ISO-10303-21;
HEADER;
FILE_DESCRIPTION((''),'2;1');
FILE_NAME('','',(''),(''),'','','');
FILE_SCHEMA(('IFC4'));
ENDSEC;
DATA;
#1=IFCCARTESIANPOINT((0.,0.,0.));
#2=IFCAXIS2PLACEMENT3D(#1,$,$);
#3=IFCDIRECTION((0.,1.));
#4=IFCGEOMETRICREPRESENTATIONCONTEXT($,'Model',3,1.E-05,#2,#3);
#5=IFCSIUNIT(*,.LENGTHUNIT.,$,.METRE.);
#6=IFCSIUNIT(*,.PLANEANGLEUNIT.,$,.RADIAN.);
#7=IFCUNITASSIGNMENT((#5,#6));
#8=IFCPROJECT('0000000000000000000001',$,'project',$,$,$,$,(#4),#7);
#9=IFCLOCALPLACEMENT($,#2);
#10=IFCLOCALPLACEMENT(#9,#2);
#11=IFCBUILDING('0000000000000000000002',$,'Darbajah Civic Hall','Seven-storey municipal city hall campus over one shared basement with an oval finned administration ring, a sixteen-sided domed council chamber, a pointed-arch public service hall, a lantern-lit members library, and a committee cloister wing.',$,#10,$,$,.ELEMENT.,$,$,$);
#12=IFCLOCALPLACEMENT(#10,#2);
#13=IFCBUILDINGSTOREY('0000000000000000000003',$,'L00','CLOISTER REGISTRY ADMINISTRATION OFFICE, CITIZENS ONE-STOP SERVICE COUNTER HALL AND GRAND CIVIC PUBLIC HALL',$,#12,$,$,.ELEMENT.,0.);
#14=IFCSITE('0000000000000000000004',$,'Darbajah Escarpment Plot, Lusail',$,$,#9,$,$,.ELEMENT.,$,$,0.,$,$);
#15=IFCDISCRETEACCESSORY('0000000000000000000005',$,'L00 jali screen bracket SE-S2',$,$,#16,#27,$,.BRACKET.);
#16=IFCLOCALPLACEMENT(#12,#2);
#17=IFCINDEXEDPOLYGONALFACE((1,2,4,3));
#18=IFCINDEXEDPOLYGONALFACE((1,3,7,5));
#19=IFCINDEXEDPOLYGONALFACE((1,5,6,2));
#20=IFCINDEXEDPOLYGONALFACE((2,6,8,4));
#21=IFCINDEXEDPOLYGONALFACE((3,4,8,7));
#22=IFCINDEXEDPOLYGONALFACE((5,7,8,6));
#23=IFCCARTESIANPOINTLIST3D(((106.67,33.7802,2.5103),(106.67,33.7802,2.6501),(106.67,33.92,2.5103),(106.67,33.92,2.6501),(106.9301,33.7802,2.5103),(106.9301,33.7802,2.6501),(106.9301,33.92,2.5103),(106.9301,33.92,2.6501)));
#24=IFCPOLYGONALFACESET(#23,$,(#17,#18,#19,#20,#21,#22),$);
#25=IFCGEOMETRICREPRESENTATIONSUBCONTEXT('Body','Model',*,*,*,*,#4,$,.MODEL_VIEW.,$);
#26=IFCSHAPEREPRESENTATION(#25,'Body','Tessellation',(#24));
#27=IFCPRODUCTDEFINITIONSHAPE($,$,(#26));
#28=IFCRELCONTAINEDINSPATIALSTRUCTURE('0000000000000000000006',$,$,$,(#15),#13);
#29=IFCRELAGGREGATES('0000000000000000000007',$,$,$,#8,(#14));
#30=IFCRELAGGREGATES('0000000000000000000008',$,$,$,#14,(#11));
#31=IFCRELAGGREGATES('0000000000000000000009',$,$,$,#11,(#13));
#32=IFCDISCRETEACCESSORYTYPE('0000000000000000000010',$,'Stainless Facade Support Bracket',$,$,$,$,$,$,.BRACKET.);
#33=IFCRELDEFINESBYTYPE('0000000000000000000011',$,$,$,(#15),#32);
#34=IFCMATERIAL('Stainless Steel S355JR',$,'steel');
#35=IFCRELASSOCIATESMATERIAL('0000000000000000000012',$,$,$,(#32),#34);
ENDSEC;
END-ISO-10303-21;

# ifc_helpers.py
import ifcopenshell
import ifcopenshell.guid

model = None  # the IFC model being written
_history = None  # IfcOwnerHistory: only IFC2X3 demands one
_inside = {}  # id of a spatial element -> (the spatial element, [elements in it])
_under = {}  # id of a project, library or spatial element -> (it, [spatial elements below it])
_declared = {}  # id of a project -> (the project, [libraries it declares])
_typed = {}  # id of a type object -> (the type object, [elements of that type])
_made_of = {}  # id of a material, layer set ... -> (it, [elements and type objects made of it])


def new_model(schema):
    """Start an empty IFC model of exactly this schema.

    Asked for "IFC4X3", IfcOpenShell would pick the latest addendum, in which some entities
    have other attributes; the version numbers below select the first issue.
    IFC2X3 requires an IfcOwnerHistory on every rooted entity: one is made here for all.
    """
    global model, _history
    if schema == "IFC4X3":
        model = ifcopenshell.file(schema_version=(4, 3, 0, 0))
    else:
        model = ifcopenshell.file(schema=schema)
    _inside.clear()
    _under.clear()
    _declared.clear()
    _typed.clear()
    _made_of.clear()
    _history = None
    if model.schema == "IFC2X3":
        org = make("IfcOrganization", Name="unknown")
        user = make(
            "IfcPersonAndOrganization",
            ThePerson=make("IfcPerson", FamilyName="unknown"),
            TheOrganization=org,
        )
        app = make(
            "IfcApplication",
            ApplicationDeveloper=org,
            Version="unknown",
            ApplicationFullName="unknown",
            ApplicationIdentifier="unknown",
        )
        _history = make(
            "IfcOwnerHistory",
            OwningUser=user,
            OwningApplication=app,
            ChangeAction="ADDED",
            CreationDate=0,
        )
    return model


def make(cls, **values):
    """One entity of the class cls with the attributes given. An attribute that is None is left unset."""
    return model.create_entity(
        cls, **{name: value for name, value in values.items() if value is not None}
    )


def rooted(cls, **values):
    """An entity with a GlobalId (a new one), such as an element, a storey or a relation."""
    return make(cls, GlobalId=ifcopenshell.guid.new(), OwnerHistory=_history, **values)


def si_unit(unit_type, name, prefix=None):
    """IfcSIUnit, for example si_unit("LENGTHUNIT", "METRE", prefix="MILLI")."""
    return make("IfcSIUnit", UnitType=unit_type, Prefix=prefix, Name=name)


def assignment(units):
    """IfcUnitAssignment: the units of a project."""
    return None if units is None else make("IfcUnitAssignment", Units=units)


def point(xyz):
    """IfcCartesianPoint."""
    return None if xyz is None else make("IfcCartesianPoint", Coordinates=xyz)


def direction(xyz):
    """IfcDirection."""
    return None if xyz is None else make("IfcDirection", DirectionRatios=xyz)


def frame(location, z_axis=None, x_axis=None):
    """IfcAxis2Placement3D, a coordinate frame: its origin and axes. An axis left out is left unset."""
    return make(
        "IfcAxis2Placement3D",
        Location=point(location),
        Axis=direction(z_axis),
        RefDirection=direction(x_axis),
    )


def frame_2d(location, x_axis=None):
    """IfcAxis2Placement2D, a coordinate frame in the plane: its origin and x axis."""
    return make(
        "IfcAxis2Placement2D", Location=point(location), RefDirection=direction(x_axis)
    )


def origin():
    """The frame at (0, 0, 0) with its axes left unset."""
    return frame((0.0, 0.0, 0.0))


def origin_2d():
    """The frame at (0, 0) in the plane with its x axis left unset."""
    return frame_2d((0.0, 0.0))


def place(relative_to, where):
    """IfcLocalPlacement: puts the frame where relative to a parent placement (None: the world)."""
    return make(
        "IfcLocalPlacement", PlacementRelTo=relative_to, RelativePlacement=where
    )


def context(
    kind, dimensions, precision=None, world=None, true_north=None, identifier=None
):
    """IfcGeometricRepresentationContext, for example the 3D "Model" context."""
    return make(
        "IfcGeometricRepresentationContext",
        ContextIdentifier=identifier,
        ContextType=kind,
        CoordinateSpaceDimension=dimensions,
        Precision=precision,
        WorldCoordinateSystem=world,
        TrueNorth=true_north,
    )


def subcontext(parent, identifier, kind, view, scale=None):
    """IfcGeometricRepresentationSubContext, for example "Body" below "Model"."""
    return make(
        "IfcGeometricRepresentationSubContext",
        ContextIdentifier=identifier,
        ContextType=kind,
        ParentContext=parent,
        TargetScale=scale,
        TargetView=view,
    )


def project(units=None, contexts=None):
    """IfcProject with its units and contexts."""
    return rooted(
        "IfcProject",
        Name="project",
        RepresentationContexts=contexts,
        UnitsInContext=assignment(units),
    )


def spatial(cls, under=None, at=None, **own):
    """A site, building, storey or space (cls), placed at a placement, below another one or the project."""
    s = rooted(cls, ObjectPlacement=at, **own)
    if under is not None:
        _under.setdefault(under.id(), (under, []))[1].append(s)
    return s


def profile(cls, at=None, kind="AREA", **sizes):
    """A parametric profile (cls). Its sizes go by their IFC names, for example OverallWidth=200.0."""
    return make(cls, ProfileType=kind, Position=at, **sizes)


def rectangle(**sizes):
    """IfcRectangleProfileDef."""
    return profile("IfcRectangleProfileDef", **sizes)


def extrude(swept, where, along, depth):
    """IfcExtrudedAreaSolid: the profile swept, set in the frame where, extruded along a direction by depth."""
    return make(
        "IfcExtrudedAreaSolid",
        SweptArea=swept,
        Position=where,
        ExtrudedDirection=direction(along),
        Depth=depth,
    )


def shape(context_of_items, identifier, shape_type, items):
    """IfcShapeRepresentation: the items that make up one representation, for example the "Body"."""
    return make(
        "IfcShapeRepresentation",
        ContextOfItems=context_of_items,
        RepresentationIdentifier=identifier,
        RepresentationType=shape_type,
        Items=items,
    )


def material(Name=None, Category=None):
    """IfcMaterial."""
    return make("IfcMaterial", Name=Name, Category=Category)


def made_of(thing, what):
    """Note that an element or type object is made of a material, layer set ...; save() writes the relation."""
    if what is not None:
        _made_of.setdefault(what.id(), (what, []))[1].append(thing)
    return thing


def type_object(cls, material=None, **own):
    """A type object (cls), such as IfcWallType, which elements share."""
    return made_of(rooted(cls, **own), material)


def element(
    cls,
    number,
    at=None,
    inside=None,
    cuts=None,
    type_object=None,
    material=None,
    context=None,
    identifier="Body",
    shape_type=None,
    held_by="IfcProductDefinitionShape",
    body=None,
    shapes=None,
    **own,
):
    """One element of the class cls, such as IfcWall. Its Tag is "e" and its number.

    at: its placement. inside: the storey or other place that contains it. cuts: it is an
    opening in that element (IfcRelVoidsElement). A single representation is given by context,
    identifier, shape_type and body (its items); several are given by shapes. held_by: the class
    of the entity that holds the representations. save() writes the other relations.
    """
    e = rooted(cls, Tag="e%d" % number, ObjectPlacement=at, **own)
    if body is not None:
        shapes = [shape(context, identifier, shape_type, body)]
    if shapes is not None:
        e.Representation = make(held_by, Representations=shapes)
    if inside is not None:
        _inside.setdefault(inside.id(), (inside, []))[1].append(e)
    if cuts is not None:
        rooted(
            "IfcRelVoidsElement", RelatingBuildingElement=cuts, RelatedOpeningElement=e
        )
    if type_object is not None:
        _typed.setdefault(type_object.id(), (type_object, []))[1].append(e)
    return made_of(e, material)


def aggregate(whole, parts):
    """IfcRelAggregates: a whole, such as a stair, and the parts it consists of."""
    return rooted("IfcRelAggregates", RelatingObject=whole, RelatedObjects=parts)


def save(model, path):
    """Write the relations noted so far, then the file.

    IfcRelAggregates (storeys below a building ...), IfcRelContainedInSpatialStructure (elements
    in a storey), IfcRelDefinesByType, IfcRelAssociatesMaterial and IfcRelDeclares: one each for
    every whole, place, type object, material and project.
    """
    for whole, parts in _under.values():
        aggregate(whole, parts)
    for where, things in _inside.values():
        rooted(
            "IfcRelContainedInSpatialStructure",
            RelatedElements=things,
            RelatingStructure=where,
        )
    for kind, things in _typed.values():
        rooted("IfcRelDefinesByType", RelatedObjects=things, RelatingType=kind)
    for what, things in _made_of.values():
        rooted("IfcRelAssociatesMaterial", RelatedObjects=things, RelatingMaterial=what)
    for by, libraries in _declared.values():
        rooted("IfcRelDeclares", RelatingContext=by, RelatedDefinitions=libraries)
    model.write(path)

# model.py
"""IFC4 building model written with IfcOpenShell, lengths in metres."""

from ifc_helpers import new_model, si_unit, direction, frame, origin, origin_2d, place, context, subcontext, project, spatial, rectangle, extrude, material, type_object, element, save


model = new_model("IFC4")

# Units and contexts
model_context = context("Model", 3, precision=1e-05, world=origin(), true_north=direction((0.0, 1.0)))
body_context = subcontext(model_context, "Body", "Model", "MODEL_VIEW")
ifc_project = project(units=[si_unit("LENGTHUNIT", "METRE"), si_unit("PLANEANGLEUNIT", "RADIAN")], contexts=[model_context])

# Site, building, storey
site_placement = place(None, origin())
site = spatial("IfcSite", under=ifc_project, at=site_placement, Name="Darbajah Escarpment Plot, Lusail", CompositionType="ELEMENT", RefElevation=0.0)
building_placement = place(site_placement, origin())
building = spatial("IfcBuilding", under=site, at=building_placement, Name="Darbajah Civic Hall", Description="Seven-storey municipal city hall campus over one shared basement with an oval finned administration ring, a sixteen-sided domed council chamber, a pointed-arch public service hall, a lantern-lit members library, and a committee cloister wing.", CompositionType="ELEMENT")
storey_placement = place(building_placement, origin())
storey = spatial("IfcBuildingStorey", under=building, at=storey_placement, Name="L00", Description="CLOISTER REGISTRY ADMINISTRATION OFFICE, CITIZENS ONE-STOP SERVICE COUNTER HALL AND GRAND CIVIC PUBLIC HALL", CompositionType="ELEMENT", Elevation=0.0)

# Discrete accessory
ifc_material_1 = material(Name="Stainless Steel S355JR", Category="steel")
discrete_accessory_type = type_object("IfcDiscreteAccessoryType", Name="Stainless Facade Support Bracket", PredefinedType="BRACKET", material=ifc_material_1)
for number, where, z_axis, x_axis, name in (
    (1, (106.8, 33.8501, 2.5103), (0.0, 0.0, 1.0), (1.0, 0.0, 0.0), "L00 jali screen bracket SE-S2"),
):
    element("IfcDiscreteAccessory", number, at=place(storey_placement, frame(where, z_axis=z_axis, x_axis=x_axis)), inside=storey, type_object=discrete_accessory_type, Name=name, PredefinedType="BRACKET", context=body_context, shape_type="SweptSolid", body=[
        extrude(rectangle(XDim=0.26, YDim=0.1399, at=origin_2d()), origin(), (0.0, 0.0, 1.0), 0.1399),
    ])

save(model, "model.ifc")
